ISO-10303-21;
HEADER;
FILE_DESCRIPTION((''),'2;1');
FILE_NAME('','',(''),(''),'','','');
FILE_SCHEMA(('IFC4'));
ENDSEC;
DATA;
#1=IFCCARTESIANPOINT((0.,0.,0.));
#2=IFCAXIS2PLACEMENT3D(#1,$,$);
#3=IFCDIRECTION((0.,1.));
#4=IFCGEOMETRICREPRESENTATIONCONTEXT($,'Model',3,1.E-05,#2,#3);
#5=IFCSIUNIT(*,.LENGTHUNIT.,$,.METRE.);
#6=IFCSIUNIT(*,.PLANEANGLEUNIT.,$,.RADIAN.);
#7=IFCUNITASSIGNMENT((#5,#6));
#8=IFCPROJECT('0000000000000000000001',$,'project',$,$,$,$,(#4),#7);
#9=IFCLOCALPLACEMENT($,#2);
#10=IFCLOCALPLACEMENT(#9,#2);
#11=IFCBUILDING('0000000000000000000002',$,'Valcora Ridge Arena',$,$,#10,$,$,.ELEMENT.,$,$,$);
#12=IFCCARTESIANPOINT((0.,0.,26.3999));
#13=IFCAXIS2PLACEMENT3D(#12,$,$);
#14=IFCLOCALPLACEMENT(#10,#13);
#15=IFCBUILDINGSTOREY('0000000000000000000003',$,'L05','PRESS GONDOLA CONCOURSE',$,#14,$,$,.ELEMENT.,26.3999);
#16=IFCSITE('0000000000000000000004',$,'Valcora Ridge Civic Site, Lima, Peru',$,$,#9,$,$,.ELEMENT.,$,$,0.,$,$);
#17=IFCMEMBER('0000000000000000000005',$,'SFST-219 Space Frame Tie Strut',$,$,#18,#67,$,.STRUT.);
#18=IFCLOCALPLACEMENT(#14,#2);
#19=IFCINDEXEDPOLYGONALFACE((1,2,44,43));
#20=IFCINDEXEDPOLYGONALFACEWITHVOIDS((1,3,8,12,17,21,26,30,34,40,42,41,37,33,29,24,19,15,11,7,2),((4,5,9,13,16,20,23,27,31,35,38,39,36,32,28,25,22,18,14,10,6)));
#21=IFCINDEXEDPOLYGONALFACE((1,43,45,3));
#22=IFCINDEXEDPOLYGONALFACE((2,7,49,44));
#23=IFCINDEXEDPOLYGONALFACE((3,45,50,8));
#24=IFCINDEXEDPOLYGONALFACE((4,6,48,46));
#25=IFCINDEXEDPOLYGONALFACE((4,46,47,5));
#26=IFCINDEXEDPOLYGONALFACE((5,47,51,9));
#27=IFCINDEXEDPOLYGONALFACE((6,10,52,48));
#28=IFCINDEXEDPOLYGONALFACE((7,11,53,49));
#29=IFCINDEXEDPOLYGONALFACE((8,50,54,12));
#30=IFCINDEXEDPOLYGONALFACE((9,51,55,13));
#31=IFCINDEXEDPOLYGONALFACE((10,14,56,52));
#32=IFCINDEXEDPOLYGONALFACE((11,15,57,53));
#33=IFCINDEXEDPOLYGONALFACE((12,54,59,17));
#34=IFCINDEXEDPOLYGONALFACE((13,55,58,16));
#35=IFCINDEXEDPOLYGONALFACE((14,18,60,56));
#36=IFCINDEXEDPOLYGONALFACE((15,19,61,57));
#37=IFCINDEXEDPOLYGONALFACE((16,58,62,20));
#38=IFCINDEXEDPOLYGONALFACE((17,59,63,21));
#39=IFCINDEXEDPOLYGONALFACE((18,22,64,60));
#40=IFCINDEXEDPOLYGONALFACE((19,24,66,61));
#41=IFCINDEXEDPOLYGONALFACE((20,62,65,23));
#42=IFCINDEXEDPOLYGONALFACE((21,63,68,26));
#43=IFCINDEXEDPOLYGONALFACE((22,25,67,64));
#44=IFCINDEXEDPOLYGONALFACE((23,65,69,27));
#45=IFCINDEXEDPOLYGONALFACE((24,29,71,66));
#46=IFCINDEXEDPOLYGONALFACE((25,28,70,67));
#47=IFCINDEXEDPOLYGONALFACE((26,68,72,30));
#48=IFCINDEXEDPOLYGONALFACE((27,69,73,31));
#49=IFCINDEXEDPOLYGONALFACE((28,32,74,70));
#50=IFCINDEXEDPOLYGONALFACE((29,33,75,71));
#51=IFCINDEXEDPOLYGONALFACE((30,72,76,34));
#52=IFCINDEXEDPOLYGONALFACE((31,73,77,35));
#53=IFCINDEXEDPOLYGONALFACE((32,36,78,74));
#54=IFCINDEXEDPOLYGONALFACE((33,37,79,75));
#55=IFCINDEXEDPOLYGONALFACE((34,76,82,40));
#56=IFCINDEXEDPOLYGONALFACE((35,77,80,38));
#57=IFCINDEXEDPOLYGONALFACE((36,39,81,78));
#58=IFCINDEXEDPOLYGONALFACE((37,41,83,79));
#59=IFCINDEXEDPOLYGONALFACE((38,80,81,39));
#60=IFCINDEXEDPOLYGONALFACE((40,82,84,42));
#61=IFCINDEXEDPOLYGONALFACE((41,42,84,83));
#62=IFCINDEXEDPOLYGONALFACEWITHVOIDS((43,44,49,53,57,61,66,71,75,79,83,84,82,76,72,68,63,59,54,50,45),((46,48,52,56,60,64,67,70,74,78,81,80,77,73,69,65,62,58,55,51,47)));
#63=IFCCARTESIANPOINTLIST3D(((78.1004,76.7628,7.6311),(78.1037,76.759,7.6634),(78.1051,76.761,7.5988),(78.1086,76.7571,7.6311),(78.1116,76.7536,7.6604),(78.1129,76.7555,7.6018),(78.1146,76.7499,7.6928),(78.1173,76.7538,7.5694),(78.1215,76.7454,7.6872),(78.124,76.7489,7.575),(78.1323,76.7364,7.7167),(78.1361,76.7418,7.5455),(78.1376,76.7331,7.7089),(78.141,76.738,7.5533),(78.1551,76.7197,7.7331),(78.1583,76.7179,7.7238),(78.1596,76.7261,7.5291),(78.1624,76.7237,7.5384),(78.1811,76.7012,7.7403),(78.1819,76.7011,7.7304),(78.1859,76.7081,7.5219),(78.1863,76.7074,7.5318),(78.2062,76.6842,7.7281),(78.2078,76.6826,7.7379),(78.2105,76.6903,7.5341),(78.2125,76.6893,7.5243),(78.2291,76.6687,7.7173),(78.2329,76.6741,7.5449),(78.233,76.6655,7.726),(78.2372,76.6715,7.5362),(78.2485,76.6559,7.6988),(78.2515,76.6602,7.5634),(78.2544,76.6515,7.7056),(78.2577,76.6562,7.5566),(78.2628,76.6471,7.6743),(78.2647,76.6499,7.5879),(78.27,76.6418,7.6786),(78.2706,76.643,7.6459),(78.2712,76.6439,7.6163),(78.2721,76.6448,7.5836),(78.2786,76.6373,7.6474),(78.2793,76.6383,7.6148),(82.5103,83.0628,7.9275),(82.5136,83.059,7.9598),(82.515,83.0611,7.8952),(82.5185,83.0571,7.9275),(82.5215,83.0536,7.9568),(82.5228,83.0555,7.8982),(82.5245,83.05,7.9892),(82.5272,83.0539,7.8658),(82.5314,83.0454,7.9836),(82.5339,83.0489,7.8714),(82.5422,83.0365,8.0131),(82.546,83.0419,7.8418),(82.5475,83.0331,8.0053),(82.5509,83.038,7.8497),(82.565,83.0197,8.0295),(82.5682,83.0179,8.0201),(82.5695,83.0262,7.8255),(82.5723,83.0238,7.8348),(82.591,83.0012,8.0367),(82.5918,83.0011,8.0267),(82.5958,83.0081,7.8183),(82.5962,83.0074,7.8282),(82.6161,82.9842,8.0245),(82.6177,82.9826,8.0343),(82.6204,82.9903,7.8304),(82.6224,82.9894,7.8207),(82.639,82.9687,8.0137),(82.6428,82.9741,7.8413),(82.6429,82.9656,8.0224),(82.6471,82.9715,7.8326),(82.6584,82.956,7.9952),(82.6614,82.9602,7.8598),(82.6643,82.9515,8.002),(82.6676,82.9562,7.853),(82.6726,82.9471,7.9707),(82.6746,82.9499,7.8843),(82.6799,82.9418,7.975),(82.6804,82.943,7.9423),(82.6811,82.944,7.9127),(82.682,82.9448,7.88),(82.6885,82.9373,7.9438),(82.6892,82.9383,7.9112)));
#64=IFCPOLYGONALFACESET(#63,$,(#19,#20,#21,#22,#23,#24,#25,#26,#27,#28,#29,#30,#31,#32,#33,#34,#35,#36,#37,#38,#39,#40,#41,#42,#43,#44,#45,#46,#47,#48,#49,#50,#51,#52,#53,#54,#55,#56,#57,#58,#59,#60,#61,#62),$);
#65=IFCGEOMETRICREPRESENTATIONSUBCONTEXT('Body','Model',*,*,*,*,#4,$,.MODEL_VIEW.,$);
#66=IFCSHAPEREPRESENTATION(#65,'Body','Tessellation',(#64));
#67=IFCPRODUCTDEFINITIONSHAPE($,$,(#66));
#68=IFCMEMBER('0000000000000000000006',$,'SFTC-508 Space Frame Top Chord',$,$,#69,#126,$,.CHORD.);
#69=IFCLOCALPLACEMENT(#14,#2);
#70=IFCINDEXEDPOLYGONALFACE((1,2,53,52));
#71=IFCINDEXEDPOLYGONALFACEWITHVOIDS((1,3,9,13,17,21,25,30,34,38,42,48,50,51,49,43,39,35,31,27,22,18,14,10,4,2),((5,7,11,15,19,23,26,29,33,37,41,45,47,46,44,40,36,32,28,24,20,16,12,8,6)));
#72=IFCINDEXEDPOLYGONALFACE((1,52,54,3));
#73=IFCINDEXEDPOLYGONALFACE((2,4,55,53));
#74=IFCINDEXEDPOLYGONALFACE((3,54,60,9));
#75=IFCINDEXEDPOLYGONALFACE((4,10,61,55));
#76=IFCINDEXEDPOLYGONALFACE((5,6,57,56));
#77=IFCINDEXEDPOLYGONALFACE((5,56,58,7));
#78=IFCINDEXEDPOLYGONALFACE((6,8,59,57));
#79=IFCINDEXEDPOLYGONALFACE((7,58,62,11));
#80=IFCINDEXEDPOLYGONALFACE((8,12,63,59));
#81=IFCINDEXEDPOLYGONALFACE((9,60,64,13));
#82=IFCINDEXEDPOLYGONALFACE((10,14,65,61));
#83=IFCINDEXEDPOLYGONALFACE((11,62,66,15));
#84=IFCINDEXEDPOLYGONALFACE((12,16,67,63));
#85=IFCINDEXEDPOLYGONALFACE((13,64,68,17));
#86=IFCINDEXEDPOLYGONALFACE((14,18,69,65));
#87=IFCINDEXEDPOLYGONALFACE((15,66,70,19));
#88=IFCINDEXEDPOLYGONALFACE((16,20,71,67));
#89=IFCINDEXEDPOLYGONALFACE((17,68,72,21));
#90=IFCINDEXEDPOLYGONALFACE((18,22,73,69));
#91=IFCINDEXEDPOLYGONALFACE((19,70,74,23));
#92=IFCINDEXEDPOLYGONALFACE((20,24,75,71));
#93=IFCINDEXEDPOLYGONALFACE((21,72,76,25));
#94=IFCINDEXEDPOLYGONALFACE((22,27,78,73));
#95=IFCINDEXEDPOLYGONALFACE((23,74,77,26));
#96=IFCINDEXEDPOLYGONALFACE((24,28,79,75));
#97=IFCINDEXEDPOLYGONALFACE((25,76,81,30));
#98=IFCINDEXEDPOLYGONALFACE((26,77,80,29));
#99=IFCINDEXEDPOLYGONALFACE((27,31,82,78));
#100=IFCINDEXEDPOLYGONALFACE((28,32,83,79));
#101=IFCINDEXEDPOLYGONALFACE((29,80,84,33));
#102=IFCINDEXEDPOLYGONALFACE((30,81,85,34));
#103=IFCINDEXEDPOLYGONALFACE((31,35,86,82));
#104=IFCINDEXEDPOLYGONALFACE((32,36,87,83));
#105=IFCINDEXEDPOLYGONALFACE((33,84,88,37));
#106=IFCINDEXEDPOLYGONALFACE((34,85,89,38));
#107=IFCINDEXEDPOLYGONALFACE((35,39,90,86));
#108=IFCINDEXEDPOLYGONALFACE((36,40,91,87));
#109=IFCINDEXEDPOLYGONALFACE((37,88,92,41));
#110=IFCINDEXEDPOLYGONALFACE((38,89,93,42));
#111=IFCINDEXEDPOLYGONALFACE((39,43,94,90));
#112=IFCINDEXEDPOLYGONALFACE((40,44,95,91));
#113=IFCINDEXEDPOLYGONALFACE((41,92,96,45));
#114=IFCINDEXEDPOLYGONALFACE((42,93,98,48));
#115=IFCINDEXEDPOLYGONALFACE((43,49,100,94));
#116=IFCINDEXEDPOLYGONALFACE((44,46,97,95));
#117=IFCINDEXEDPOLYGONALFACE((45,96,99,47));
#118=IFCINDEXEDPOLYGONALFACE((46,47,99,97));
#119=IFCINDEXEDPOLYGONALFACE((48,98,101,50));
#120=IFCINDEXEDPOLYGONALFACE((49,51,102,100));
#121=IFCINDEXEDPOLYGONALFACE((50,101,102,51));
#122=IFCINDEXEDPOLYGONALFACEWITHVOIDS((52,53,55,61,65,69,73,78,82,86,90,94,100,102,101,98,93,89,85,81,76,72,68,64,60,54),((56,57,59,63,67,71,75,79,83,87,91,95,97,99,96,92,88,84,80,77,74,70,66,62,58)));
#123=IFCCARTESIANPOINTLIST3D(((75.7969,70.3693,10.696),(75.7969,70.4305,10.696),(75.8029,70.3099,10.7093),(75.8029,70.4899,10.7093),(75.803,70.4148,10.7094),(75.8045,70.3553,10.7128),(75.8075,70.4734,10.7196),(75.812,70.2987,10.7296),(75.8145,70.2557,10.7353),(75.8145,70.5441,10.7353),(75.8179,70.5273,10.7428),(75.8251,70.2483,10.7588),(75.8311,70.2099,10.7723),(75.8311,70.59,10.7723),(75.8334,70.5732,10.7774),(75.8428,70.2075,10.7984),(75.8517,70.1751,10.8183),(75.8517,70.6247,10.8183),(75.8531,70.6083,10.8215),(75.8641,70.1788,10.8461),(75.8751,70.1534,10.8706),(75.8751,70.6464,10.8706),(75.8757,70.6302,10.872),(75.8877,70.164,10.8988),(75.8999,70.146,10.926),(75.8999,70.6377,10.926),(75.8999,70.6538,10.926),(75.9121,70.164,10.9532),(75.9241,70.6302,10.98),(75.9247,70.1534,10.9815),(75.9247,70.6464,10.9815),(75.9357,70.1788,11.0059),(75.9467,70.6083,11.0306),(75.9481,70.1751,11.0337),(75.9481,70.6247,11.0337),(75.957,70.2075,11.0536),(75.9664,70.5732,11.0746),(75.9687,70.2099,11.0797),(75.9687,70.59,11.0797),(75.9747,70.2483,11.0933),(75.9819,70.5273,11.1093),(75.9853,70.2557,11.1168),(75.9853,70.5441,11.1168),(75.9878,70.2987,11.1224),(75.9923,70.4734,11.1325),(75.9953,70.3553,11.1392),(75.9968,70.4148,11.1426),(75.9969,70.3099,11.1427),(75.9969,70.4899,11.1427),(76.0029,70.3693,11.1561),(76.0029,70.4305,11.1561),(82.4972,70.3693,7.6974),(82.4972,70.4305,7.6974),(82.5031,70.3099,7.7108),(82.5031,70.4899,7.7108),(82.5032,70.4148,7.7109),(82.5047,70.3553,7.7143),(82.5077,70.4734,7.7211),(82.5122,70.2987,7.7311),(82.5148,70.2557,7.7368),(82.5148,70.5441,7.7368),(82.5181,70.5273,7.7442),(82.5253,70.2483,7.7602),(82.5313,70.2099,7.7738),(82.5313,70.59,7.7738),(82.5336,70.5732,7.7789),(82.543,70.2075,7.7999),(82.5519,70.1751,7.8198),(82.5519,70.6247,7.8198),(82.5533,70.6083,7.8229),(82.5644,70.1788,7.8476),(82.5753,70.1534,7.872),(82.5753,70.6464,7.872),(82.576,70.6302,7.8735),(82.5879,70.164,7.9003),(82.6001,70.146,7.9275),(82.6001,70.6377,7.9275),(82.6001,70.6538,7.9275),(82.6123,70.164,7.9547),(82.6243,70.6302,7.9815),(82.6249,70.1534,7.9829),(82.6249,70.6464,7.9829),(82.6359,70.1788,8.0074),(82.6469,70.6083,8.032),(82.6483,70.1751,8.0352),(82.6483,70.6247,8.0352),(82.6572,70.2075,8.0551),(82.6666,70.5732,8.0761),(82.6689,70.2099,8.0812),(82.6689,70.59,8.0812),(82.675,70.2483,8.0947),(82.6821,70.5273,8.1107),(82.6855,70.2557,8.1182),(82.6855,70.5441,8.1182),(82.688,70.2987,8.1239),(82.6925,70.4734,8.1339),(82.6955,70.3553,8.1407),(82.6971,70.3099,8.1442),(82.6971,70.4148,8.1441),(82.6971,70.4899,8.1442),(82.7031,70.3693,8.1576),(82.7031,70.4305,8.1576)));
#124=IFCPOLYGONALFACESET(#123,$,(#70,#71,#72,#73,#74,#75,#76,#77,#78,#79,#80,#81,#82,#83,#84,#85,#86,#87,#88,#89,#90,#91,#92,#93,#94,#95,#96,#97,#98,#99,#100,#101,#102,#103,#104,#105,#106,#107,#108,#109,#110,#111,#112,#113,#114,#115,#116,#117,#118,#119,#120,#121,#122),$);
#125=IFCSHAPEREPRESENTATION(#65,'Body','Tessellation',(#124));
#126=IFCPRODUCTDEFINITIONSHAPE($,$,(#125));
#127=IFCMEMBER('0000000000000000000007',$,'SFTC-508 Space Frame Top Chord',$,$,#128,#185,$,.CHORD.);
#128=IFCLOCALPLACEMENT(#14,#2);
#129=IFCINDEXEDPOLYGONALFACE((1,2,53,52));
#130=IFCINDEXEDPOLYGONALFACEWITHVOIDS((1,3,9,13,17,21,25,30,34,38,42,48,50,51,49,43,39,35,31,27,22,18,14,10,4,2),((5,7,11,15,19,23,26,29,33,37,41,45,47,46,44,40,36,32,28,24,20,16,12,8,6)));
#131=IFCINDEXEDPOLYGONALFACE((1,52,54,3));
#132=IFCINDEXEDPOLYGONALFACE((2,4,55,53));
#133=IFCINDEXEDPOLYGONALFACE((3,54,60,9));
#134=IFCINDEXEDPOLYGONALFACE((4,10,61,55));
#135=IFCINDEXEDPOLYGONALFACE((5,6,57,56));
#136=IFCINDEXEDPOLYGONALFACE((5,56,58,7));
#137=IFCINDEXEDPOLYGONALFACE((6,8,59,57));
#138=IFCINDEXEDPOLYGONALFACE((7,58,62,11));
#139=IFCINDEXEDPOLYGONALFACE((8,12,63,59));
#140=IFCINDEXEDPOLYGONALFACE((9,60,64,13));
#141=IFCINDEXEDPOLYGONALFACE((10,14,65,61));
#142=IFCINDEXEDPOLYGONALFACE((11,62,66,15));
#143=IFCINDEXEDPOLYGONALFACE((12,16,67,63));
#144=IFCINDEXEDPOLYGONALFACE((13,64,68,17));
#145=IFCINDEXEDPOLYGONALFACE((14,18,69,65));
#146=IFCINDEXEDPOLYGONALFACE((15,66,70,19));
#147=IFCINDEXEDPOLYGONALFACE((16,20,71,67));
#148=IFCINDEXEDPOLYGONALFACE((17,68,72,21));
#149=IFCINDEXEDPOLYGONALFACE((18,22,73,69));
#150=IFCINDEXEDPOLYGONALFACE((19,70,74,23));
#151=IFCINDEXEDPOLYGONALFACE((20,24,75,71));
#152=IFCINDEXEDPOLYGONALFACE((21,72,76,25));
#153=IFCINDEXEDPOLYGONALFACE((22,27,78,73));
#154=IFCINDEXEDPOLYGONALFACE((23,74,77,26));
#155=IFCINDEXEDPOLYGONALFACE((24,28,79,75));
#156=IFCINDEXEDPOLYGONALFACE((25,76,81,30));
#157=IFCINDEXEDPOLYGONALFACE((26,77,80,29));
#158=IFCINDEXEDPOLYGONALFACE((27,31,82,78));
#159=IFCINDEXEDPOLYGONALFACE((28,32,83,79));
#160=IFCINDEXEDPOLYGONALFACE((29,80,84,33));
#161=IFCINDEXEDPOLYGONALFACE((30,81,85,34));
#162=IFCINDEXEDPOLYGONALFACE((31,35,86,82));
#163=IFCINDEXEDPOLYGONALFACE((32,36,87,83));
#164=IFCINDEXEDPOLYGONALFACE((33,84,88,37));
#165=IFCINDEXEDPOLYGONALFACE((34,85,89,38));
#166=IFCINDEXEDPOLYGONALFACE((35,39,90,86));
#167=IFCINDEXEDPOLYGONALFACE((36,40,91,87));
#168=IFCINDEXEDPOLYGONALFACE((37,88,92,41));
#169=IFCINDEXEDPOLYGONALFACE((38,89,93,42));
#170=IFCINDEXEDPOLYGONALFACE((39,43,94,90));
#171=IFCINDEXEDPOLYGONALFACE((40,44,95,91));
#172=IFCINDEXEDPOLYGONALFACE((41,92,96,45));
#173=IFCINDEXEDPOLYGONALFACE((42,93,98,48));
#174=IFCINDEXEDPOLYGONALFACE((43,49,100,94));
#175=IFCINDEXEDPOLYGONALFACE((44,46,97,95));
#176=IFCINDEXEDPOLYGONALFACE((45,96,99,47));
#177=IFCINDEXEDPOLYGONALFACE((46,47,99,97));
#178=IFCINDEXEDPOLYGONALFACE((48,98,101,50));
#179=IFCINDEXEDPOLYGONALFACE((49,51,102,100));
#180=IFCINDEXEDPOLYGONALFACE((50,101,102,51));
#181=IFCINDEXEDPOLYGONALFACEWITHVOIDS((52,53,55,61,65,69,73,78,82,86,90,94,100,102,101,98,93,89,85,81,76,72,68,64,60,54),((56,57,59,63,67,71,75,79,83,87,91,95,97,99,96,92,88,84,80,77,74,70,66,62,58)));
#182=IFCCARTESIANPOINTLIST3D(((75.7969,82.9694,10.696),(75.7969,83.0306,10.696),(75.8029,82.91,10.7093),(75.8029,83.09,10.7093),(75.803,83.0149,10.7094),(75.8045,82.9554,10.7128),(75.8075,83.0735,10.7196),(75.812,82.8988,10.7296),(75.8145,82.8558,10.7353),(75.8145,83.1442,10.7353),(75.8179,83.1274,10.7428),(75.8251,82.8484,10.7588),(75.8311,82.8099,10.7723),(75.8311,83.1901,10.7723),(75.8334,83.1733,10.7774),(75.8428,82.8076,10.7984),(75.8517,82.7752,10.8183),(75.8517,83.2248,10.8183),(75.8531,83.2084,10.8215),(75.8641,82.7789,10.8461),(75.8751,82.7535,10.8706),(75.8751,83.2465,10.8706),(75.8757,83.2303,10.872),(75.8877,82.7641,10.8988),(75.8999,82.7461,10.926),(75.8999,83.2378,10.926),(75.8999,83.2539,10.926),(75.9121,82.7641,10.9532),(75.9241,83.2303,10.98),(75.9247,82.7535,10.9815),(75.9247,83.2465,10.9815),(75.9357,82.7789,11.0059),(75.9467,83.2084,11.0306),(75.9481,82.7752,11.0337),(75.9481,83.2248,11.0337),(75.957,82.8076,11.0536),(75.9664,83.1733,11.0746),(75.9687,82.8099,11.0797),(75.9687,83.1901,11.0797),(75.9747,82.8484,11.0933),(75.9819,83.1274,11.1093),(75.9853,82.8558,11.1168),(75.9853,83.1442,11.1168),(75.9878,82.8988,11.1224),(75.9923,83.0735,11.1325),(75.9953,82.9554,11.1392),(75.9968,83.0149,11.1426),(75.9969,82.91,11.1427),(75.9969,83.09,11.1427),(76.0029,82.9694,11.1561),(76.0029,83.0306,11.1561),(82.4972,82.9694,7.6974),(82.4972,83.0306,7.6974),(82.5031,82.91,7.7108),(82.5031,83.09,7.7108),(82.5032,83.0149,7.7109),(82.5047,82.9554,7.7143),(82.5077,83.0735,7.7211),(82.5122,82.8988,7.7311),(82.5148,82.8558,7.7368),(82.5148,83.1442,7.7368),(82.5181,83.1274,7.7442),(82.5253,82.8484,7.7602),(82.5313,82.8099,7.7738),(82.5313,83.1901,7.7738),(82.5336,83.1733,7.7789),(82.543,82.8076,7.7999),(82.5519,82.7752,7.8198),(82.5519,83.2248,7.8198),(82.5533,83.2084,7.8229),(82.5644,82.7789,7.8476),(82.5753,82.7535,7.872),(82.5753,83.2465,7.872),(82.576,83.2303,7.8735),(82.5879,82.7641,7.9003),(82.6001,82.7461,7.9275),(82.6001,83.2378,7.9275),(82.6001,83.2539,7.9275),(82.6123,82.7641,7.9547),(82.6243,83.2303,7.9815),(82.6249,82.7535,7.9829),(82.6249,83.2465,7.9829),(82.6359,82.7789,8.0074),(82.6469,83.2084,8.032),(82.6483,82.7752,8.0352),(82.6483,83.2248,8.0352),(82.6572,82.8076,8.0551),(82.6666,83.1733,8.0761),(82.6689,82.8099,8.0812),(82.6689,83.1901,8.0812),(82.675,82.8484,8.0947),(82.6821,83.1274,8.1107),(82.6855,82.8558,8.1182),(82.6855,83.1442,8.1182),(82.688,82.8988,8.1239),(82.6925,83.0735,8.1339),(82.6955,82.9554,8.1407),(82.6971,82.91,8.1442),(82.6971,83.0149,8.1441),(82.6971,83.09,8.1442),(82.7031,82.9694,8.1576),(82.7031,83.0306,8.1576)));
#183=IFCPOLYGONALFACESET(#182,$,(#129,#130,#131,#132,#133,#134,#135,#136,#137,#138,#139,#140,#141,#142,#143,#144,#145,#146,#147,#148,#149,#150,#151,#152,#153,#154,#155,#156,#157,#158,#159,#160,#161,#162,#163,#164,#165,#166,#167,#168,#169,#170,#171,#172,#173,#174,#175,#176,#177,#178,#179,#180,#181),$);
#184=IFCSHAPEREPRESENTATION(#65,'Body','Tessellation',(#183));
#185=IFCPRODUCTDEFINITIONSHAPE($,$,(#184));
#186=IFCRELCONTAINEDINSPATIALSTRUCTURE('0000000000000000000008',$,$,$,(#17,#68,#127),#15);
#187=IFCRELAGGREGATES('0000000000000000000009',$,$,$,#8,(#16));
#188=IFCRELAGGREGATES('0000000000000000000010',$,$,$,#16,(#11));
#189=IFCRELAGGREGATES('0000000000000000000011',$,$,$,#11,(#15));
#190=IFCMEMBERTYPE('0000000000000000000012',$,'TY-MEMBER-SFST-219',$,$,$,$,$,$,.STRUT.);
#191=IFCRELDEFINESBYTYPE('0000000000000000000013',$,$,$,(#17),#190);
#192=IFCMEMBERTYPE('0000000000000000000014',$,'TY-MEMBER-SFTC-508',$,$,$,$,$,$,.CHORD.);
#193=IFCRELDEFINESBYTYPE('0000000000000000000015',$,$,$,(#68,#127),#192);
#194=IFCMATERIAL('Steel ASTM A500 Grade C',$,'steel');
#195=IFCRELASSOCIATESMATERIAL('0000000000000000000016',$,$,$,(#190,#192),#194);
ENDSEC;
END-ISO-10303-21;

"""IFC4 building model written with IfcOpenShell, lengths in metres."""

from ifc_helpers import new_model, si_unit, direction, frame, origin, origin_2d, place, context, subcontext, project, spatial, hollow_circle, extrude, material, material_profile, profile_set, type_object, element, save


model = new_model("IFC4")

# Units and contexts
model_context = context("Model", 3, precision=1e-05, world=origin(), true_north=direction((0.0, 1.0)))
body_context = subcontext(model_context, "Body", "Model", "MODEL_VIEW")
ifc_project = project(units=[si_unit("LENGTHUNIT", "METRE"), si_unit("PLANEANGLEUNIT", "RADIAN")], contexts=[model_context])

# Site, building, storey
site_placement = place(None, origin())
site = spatial("IfcSite", under=ifc_project, at=site_placement, Name="Valcora Ridge Civic Site, Lima, Peru", CompositionType="ELEMENT", RefElevation=0.0)
building_placement = place(site_placement, origin())
building = spatial("IfcBuilding", under=site, at=building_placement, Name="Valcora Ridge Arena", CompositionType="ELEMENT")
storey_placement = place(building_placement, frame((0.0, 0.0, 26.3999)))
storey = spatial("IfcBuildingStorey", under=building, at=storey_placement, Name="L05", Description="PRESS GONDOLA CONCOURSE", CompositionType="ELEMENT", Elevation=26.3999)

# Members
ifc_material_1 = material(Name="Steel ASTM A500 Grade C", Category="steel")
ifc_material_profile_1 = material_profile(ifc_material_1, hollow_circle(Radius=0.1096, WallThickness=0.01, at=origin_2d()), Name="CHS219X10")
ifc_profile_set_1 = profile_set([ifc_material_profile_1], Name="Steel ASTM A500 Grade C")
member_type_1 = type_object("IfcMemberType", Name="TY-MEMBER-SFST-219", PredefinedType="STRUT", material=ifc_profile_set_1)
member_1_placement = place(storey_placement, frame((78.1902, 76.7, 7.6311), z_axis=(0.573026, 0.818632, 0.038513), x_axis=(-0.819239, 0.573452, 0.0)))
element("IfcMember", 1, at=member_1_placement, inside=storey, type_object=member_type_1, Name="SFST-219 Space Frame Tie Strut", PredefinedType="STRUT", context=body_context, shape_type="SweptSolid", body=[
    extrude(hollow_circle(Radius=0.1096, WallThickness=0.01, at=origin_2d()), origin(), (0.0, 0.0, 1.0), 7.6958),
])
ifc_material_profile_2 = material_profile(ifc_material_1, hollow_circle(Radius=0.2539, WallThickness=0.0161, at=origin_2d()), Name="CHS508X16")
ifc_profile_set_2 = profile_set([ifc_material_profile_2], Name="Steel ASTM A500 Grade C")
member_type_2 = type_object("IfcMemberType", Name="TY-MEMBER-SFTC-508", PredefinedType="CHORD", material=ifc_profile_set_2)
for number, where, z_axis, x_axis, name in (
    (2, (75.8999, 70.3999, 10.926), (0.912763, 0.0, -0.408489), (0.0, 1.0, 0.0), "SFTC-508 Space Frame Top Chord"),
    (3, (75.8999, 83.0, 10.926), (0.912763, 0.0, -0.408489), (0.0, 1.0, 0.0), "SFTC-508 Space Frame Top Chord"),
):
    element("IfcMember", number, at=place(storey_placement, frame(where, z_axis=z_axis, x_axis=x_axis)), inside=storey, type_object=member_type_2, Name=name, PredefinedType="CHORD", context=body_context, shape_type="SweptSolid", body=[
        extrude(hollow_circle(Radius=0.2539, WallThickness=0.0161, at=origin_2d()), origin(), (0.0, 0.0, 1.0), 7.3406),
    ])

save(model, "model.ifc")
